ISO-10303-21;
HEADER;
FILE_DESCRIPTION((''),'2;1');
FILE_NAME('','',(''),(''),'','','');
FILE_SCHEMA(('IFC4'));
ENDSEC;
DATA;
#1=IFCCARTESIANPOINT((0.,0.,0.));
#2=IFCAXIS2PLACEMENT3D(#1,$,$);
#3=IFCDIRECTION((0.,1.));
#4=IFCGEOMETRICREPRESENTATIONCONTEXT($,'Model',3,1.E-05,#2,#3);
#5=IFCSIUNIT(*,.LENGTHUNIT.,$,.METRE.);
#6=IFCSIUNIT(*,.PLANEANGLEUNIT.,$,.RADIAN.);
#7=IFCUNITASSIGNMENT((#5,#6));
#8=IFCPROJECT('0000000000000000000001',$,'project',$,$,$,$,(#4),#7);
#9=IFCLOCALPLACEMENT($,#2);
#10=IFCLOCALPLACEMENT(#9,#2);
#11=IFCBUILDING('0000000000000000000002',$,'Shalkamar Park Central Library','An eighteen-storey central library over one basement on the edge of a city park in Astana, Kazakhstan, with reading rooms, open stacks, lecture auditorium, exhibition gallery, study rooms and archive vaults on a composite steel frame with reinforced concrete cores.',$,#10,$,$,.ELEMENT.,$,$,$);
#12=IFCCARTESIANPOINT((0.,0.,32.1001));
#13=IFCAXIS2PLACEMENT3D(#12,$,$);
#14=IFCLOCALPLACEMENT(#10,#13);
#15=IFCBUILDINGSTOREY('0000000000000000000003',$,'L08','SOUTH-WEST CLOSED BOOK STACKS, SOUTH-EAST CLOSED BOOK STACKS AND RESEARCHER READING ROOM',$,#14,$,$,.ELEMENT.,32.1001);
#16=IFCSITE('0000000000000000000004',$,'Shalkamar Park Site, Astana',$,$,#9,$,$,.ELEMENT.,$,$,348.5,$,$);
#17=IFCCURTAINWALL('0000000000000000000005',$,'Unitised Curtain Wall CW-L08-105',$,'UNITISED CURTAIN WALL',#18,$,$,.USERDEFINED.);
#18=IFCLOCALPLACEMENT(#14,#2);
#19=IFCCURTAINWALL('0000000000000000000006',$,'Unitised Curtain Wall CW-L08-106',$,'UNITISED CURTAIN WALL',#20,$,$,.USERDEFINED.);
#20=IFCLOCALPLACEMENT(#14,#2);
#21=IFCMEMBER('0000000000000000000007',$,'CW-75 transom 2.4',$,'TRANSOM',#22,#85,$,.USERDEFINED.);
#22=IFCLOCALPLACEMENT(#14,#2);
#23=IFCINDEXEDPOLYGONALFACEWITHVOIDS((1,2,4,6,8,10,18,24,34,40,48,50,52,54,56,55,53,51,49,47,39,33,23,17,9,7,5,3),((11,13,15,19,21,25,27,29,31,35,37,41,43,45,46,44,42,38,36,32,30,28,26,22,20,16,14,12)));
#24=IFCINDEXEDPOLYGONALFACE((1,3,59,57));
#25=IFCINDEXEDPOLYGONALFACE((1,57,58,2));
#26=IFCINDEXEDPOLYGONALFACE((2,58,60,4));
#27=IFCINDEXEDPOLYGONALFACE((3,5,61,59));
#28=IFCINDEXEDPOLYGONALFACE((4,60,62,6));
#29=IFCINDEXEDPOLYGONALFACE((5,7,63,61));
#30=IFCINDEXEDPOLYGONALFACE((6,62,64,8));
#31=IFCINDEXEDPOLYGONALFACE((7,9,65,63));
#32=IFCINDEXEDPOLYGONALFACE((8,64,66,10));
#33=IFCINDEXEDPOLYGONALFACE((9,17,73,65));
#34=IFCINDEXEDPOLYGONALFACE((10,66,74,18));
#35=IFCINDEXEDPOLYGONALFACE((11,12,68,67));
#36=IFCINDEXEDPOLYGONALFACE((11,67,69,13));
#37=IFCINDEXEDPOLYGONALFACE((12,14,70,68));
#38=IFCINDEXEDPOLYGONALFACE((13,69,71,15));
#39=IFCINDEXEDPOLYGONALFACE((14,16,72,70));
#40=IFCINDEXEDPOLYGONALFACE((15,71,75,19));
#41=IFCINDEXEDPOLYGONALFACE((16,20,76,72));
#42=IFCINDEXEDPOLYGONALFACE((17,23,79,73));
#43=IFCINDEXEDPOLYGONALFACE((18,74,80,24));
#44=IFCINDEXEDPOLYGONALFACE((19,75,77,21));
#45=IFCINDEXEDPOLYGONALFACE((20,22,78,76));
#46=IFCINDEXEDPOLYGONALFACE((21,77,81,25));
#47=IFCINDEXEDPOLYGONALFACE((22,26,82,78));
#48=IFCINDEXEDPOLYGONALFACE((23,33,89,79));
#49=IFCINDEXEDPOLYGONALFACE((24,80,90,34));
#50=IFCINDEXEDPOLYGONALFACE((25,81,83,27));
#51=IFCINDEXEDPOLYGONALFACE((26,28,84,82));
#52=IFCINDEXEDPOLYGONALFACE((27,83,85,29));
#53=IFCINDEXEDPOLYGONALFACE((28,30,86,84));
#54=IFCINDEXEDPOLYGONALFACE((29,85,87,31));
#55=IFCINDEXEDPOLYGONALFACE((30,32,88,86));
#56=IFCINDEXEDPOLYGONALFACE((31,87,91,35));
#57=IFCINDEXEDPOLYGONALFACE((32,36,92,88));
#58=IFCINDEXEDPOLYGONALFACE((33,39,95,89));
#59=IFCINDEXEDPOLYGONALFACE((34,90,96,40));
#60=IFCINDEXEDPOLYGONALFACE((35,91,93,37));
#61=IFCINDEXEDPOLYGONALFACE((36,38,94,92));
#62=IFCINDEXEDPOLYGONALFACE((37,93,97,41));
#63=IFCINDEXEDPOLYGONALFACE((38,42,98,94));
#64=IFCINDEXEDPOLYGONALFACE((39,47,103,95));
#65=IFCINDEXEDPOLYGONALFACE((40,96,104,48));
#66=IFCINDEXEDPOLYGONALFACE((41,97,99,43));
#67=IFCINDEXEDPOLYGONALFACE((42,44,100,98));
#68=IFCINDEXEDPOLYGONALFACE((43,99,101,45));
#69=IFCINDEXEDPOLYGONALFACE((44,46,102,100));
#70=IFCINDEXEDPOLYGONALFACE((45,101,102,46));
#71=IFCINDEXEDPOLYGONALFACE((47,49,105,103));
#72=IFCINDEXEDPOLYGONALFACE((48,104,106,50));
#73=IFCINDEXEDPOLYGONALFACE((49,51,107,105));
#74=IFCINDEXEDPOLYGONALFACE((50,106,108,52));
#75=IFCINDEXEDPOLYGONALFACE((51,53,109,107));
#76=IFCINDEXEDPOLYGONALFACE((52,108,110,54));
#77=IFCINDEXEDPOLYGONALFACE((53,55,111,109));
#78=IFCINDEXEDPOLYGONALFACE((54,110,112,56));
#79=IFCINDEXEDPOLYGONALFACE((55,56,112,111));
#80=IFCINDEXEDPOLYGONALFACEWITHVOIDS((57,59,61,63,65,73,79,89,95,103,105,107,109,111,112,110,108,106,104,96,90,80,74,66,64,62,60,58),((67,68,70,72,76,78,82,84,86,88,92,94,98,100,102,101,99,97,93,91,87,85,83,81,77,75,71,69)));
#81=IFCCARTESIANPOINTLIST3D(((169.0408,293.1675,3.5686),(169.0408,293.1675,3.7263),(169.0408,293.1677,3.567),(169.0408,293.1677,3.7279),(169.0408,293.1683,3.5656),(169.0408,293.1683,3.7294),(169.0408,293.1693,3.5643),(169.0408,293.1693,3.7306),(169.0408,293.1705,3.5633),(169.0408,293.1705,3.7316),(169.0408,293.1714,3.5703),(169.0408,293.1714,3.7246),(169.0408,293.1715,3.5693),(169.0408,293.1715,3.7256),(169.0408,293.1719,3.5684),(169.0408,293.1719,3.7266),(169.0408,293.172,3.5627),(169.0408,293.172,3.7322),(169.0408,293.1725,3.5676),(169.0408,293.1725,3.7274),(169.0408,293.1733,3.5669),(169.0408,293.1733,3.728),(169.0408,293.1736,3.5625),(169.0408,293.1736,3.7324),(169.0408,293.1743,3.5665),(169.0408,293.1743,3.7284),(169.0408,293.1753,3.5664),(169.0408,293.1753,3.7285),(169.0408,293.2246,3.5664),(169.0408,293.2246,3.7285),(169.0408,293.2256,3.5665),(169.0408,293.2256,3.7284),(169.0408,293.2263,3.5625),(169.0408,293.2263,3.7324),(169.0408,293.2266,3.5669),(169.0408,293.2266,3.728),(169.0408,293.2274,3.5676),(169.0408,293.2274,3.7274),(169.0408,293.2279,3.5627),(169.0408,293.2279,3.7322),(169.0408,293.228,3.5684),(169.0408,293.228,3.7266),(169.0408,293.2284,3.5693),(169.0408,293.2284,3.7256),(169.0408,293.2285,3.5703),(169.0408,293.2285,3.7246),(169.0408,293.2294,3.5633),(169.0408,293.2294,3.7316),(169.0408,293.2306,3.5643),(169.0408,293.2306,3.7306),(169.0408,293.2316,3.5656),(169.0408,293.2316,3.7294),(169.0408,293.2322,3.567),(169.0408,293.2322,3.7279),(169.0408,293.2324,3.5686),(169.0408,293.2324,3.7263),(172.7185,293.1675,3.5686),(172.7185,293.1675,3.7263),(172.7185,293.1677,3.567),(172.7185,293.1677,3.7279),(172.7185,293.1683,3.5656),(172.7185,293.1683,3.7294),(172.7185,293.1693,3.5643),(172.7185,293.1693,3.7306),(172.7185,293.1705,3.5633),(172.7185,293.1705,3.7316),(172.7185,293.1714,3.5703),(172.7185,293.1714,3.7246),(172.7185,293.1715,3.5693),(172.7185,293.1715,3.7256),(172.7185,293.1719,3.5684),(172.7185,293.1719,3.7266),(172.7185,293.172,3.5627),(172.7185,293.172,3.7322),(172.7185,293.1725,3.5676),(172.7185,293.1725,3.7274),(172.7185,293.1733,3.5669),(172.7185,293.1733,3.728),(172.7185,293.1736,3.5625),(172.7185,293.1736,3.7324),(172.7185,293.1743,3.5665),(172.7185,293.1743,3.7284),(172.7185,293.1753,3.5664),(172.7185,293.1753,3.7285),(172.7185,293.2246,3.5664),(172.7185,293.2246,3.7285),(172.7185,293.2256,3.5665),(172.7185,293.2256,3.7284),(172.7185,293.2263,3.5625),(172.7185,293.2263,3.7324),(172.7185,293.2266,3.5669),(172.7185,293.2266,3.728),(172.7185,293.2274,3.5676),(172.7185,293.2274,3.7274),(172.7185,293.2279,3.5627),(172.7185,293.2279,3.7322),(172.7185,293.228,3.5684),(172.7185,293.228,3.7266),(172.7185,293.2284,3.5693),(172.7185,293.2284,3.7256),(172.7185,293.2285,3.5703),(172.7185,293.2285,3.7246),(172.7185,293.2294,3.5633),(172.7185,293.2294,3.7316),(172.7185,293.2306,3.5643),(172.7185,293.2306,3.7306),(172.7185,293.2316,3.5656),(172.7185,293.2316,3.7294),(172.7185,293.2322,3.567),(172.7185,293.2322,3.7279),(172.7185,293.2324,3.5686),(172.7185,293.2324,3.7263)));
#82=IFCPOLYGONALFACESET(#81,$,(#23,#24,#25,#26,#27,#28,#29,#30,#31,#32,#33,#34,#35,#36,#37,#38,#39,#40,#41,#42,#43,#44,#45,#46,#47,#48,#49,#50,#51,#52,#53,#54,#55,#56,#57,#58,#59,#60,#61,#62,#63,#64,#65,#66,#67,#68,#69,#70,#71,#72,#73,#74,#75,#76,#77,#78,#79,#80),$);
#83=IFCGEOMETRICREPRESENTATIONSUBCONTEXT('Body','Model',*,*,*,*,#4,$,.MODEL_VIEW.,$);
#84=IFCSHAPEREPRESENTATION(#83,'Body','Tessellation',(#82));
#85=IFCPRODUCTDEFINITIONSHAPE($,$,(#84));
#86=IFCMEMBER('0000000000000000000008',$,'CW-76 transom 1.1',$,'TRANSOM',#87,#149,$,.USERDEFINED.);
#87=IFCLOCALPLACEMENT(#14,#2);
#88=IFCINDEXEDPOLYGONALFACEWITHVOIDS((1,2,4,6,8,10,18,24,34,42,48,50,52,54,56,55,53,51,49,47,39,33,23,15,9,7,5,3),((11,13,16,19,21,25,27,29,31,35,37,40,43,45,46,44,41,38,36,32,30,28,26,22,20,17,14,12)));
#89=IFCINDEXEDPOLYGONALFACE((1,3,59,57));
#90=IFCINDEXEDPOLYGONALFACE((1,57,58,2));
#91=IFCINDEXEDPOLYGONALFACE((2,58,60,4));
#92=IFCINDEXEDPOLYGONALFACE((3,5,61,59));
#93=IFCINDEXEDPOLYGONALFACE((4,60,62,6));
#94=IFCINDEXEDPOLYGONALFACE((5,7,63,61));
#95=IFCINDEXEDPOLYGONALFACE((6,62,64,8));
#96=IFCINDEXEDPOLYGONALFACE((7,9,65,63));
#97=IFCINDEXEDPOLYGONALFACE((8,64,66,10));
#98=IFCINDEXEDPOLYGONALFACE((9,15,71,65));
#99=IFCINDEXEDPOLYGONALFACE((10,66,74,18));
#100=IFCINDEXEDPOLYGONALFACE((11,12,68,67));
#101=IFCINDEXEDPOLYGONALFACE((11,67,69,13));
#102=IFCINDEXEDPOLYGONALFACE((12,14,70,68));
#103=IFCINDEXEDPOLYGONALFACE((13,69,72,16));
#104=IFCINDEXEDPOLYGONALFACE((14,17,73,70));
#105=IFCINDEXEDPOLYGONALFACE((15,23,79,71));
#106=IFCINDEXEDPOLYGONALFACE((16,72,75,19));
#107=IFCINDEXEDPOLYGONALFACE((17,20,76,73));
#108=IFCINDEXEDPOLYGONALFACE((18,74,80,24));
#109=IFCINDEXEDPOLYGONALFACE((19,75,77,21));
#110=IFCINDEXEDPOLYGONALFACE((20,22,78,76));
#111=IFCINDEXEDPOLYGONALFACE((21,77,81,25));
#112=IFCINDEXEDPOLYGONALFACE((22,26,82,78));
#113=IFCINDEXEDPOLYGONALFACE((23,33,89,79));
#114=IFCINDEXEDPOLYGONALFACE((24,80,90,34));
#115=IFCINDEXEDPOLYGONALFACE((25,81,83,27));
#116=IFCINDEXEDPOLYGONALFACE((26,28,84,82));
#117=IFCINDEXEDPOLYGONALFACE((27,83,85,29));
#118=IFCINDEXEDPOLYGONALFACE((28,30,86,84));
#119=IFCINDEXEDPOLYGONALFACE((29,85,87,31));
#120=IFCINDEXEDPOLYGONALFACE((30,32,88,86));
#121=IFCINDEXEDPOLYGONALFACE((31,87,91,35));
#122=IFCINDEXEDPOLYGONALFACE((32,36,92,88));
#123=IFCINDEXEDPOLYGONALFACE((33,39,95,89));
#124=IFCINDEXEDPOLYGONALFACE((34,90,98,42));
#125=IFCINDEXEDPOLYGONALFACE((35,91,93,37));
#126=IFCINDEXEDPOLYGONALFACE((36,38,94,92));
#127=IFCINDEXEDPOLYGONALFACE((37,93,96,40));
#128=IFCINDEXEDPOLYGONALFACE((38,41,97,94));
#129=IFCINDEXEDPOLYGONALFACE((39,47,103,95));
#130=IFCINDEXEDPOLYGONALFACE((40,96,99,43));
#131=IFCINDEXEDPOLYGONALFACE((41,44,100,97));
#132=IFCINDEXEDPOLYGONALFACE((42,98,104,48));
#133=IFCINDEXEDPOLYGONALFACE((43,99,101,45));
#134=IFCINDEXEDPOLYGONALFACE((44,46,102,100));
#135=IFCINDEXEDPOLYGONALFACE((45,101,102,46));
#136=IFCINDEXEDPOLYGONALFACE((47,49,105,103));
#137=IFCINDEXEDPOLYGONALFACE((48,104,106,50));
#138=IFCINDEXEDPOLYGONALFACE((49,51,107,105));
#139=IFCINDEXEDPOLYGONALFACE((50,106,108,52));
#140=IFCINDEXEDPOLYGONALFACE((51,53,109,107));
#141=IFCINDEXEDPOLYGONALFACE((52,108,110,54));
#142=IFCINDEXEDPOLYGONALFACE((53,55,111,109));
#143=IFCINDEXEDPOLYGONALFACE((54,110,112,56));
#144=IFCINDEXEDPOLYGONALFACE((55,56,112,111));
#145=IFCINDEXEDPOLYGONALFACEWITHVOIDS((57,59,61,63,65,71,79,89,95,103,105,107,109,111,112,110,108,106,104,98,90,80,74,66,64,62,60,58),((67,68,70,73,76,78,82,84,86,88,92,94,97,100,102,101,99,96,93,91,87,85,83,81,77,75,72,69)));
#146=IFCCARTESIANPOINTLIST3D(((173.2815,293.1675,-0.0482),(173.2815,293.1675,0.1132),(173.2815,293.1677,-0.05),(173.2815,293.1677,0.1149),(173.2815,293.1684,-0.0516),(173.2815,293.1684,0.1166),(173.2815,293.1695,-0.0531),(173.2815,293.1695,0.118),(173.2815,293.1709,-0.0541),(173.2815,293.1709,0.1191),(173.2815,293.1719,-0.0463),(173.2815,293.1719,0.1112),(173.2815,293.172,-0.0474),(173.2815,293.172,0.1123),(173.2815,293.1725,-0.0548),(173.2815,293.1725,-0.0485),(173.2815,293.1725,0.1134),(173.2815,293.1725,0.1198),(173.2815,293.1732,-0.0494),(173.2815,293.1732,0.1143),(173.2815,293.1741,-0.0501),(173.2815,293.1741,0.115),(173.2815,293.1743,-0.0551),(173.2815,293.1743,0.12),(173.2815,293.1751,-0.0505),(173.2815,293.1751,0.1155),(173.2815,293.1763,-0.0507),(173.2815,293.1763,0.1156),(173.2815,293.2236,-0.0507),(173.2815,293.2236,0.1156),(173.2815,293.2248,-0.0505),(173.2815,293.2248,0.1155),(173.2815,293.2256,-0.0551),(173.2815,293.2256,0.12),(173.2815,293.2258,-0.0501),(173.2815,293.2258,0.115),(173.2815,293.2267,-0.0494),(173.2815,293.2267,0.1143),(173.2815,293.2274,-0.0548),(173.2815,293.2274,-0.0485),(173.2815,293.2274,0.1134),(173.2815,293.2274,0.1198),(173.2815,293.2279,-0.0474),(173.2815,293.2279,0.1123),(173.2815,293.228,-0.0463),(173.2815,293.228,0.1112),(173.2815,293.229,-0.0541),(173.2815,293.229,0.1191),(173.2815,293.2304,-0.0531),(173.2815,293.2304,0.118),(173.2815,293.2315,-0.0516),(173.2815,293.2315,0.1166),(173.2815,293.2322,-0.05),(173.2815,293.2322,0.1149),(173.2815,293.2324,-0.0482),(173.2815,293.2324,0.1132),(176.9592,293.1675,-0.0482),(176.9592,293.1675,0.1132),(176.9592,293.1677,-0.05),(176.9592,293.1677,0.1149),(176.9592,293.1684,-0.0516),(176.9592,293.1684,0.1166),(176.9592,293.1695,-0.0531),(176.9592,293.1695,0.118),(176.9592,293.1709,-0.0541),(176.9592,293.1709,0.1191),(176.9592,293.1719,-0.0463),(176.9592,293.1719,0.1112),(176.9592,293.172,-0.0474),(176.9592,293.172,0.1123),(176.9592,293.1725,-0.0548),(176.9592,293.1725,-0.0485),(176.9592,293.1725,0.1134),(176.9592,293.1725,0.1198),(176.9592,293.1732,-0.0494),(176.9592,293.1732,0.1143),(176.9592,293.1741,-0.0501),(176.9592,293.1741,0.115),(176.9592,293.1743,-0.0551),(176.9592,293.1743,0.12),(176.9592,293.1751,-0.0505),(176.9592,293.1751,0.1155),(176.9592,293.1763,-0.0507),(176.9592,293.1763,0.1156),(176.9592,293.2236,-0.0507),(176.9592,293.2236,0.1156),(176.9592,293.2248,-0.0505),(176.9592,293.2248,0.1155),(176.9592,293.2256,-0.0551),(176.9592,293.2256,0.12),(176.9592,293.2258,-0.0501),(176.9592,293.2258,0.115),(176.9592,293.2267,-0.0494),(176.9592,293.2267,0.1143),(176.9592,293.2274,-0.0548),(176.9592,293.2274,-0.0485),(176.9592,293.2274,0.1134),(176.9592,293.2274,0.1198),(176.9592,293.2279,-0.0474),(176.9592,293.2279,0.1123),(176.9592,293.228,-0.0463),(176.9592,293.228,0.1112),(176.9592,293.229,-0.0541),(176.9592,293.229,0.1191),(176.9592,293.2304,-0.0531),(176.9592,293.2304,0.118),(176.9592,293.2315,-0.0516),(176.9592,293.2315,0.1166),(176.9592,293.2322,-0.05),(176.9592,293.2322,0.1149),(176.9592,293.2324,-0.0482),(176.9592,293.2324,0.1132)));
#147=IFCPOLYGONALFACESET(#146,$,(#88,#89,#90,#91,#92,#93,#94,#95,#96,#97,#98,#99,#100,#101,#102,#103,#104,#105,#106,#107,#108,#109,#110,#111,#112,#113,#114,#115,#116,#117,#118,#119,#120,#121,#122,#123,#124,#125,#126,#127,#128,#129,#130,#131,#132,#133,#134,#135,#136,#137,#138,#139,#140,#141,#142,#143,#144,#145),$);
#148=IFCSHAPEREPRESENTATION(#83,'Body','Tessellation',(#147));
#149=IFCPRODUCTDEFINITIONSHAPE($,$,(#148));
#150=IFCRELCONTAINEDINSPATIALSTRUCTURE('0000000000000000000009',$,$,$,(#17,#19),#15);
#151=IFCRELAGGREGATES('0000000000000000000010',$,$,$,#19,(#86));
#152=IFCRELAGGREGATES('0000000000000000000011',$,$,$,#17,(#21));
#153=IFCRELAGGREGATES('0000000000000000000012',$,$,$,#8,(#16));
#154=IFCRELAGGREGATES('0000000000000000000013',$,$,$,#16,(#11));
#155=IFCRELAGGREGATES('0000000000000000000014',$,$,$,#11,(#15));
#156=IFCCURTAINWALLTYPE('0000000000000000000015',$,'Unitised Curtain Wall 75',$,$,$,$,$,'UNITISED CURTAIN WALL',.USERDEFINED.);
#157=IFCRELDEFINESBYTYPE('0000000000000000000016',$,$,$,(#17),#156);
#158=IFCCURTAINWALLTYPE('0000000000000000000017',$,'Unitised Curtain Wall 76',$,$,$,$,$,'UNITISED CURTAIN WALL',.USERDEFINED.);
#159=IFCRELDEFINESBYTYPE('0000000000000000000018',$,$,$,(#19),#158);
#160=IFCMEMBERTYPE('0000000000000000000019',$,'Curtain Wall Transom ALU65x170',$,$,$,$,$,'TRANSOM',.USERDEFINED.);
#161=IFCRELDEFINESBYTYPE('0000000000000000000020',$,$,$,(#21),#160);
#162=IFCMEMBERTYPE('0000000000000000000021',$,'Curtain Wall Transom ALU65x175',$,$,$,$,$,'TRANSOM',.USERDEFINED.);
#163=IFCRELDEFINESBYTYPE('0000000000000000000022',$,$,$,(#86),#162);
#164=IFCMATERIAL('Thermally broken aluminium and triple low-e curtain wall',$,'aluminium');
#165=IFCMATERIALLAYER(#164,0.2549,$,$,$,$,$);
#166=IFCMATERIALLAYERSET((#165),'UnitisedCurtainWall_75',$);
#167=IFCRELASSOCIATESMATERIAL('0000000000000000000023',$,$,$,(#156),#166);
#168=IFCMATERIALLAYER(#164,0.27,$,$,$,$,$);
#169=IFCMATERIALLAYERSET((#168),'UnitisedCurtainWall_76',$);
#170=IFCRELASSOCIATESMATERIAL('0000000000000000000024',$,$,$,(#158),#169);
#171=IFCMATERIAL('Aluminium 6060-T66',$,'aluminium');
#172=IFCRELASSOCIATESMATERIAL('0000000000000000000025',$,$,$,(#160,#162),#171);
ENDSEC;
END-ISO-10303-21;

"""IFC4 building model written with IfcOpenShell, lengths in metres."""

from ifc_helpers import new_model, si_unit, direction, frame, origin, origin_2d, place, context, subcontext, project, spatial, hollow_rectangle, extrude, material, layer, layer_set, material_profile, profile_set, type_object, element, aggregate, save


model = new_model("IFC4")

# Units and contexts
model_context = context("Model", 3, precision=1e-05, world=origin(), true_north=direction((0.0, 1.0)))
body_context = subcontext(model_context, "Body", "Model", "MODEL_VIEW")
ifc_project = project(units=[si_unit("LENGTHUNIT", "METRE"), si_unit("PLANEANGLEUNIT", "RADIAN")], contexts=[model_context])

# Site, building, storey
site_placement = place(None, origin())
site = spatial("IfcSite", under=ifc_project, at=site_placement, Name="Shalkamar Park Site, Astana", CompositionType="ELEMENT", RefElevation=348.5)
building_placement = place(site_placement, origin())
building = spatial("IfcBuilding", under=site, at=building_placement, Name="Shalkamar Park Central Library", Description="An eighteen-storey central library over one basement on the edge of a city park in Astana, Kazakhstan, with reading rooms, open stacks, lecture auditorium, exhibition gallery, study rooms and archive vaults on a composite steel frame with reinforced concrete cores.", CompositionType="ELEMENT")
storey_placement = place(building_placement, frame((0.0, 0.0, 32.1001)))
storey = spatial("IfcBuildingStorey", under=building, at=storey_placement, Name="L08", Description="SOUTH-WEST CLOSED BOOK STACKS, SOUTH-EAST CLOSED BOOK STACKS AND RESEARCHER READING ROOM", CompositionType="ELEMENT", Elevation=32.1001)

# Curtain walls
ifc_material_1 = material(Name="Thermally broken aluminium and triple low-e curtain wall", Category="aluminium")
ifc_layer_1 = layer(ifc_material_1, 0.2549)
ifc_layer_set_1 = layer_set([ifc_layer_1], Name="UnitisedCurtainWall_75")
curtain_wall_type_1 = type_object("IfcCurtainWallType", Name="Unitised Curtain Wall 75", ElementType="UNITISED CURTAIN WALL", PredefinedType="USERDEFINED", material=ifc_layer_set_1)
curtain_wall_1_placement = place(storey_placement, origin())
curtain_wall_1 = element("IfcCurtainWall", 1, at=curtain_wall_1_placement, inside=storey, type_object=curtain_wall_type_1, Name="Unitised Curtain Wall CW-L08-105", ObjectType="UNITISED CURTAIN WALL", PredefinedType="USERDEFINED")
ifc_material_2 = material(Name="Aluminium 6060-T66", Category="aluminium")
ifc_layer_2 = layer(ifc_material_1, 0.27)
ifc_layer_set_2 = layer_set([ifc_layer_2], Name="UnitisedCurtainWall_76")
curtain_wall_type_2 = type_object("IfcCurtainWallType", Name="Unitised Curtain Wall 76", ElementType="UNITISED CURTAIN WALL", PredefinedType="USERDEFINED", material=ifc_layer_set_2)
curtain_wall_2_placement = place(storey_placement, origin())
curtain_wall_2 = element("IfcCurtainWall", 2, at=curtain_wall_2_placement, inside=storey, type_object=curtain_wall_type_2, Name="Unitised Curtain Wall CW-L08-106", ObjectType="UNITISED CURTAIN WALL", PredefinedType="USERDEFINED")

# Members
ifc_material_profile_1 = material_profile(ifc_material_2, hollow_rectangle(XDim=0.0649, YDim=0.1699, WallThickness=0.0039, InnerFilletRadius=0.0039, OuterFilletRadius=0.0061, at=origin_2d()), Name="ALU 65x170x4")
ifc_profile_set_1 = profile_set([ifc_material_profile_1], Name="Aluminium 6060-T66")
member_type_1 = type_object("IfcMemberType", Name="Curtain Wall Transom ALU65x170", ElementType="TRANSOM", PredefinedType="USERDEFINED", material=ifc_profile_set_1)
member_1_placement = place(storey_placement, frame((169.0408, 293.2, 3.6475), z_axis=(1.0, 0.0, 0.0), x_axis=(0.0, 1.0, 0.0)))
member_1 = element("IfcMember", 3, at=member_1_placement, type_object=member_type_1, Name="CW-75 transom 2.4", ObjectType="TRANSOM", PredefinedType="USERDEFINED", context=body_context, shape_type="SweptSolid", body=[
    extrude(hollow_rectangle(XDim=0.0649, YDim=0.1699, WallThickness=0.0039, InnerFilletRadius=0.0039, OuterFilletRadius=0.0061, at=origin_2d()), origin(), (0.0, 0.0, 1.0), 3.6777),
])
ifc_material_profile_2 = material_profile(ifc_material_2, hollow_rectangle(XDim=0.0649, YDim=0.175, WallThickness=0.0044, InnerFilletRadius=0.0044, OuterFilletRadius=0.0068, at=origin_2d()), Name="ALU 65x175x4.5")
ifc_profile_set_2 = profile_set([ifc_material_profile_2], Name="Aluminium 6060-T66")
member_type_2 = type_object("IfcMemberType", Name="Curtain Wall Transom ALU65x175", ElementType="TRANSOM", PredefinedType="USERDEFINED", material=ifc_profile_set_2)
member_2_placement = place(storey_placement, frame((173.2815, 293.2, 0.0325), z_axis=(1.0, 0.0, 0.0), x_axis=(0.0, 1.0, 0.0)))
member_2 = element("IfcMember", 4, at=member_2_placement, type_object=member_type_2, Name="CW-76 transom 1.1", ObjectType="TRANSOM", PredefinedType="USERDEFINED", context=body_context, shape_type="SweptSolid", body=[
    extrude(hollow_rectangle(XDim=0.0649, YDim=0.175, WallThickness=0.0044, InnerFilletRadius=0.0044, OuterFilletRadius=0.0068, at=origin_2d()), origin(), (0.0, 0.0, 1.0), 3.6777),
])

aggregate(curtain_wall_2, [member_2])
aggregate(curtain_wall_1, [member_1])

save(model, "model.ifc")
